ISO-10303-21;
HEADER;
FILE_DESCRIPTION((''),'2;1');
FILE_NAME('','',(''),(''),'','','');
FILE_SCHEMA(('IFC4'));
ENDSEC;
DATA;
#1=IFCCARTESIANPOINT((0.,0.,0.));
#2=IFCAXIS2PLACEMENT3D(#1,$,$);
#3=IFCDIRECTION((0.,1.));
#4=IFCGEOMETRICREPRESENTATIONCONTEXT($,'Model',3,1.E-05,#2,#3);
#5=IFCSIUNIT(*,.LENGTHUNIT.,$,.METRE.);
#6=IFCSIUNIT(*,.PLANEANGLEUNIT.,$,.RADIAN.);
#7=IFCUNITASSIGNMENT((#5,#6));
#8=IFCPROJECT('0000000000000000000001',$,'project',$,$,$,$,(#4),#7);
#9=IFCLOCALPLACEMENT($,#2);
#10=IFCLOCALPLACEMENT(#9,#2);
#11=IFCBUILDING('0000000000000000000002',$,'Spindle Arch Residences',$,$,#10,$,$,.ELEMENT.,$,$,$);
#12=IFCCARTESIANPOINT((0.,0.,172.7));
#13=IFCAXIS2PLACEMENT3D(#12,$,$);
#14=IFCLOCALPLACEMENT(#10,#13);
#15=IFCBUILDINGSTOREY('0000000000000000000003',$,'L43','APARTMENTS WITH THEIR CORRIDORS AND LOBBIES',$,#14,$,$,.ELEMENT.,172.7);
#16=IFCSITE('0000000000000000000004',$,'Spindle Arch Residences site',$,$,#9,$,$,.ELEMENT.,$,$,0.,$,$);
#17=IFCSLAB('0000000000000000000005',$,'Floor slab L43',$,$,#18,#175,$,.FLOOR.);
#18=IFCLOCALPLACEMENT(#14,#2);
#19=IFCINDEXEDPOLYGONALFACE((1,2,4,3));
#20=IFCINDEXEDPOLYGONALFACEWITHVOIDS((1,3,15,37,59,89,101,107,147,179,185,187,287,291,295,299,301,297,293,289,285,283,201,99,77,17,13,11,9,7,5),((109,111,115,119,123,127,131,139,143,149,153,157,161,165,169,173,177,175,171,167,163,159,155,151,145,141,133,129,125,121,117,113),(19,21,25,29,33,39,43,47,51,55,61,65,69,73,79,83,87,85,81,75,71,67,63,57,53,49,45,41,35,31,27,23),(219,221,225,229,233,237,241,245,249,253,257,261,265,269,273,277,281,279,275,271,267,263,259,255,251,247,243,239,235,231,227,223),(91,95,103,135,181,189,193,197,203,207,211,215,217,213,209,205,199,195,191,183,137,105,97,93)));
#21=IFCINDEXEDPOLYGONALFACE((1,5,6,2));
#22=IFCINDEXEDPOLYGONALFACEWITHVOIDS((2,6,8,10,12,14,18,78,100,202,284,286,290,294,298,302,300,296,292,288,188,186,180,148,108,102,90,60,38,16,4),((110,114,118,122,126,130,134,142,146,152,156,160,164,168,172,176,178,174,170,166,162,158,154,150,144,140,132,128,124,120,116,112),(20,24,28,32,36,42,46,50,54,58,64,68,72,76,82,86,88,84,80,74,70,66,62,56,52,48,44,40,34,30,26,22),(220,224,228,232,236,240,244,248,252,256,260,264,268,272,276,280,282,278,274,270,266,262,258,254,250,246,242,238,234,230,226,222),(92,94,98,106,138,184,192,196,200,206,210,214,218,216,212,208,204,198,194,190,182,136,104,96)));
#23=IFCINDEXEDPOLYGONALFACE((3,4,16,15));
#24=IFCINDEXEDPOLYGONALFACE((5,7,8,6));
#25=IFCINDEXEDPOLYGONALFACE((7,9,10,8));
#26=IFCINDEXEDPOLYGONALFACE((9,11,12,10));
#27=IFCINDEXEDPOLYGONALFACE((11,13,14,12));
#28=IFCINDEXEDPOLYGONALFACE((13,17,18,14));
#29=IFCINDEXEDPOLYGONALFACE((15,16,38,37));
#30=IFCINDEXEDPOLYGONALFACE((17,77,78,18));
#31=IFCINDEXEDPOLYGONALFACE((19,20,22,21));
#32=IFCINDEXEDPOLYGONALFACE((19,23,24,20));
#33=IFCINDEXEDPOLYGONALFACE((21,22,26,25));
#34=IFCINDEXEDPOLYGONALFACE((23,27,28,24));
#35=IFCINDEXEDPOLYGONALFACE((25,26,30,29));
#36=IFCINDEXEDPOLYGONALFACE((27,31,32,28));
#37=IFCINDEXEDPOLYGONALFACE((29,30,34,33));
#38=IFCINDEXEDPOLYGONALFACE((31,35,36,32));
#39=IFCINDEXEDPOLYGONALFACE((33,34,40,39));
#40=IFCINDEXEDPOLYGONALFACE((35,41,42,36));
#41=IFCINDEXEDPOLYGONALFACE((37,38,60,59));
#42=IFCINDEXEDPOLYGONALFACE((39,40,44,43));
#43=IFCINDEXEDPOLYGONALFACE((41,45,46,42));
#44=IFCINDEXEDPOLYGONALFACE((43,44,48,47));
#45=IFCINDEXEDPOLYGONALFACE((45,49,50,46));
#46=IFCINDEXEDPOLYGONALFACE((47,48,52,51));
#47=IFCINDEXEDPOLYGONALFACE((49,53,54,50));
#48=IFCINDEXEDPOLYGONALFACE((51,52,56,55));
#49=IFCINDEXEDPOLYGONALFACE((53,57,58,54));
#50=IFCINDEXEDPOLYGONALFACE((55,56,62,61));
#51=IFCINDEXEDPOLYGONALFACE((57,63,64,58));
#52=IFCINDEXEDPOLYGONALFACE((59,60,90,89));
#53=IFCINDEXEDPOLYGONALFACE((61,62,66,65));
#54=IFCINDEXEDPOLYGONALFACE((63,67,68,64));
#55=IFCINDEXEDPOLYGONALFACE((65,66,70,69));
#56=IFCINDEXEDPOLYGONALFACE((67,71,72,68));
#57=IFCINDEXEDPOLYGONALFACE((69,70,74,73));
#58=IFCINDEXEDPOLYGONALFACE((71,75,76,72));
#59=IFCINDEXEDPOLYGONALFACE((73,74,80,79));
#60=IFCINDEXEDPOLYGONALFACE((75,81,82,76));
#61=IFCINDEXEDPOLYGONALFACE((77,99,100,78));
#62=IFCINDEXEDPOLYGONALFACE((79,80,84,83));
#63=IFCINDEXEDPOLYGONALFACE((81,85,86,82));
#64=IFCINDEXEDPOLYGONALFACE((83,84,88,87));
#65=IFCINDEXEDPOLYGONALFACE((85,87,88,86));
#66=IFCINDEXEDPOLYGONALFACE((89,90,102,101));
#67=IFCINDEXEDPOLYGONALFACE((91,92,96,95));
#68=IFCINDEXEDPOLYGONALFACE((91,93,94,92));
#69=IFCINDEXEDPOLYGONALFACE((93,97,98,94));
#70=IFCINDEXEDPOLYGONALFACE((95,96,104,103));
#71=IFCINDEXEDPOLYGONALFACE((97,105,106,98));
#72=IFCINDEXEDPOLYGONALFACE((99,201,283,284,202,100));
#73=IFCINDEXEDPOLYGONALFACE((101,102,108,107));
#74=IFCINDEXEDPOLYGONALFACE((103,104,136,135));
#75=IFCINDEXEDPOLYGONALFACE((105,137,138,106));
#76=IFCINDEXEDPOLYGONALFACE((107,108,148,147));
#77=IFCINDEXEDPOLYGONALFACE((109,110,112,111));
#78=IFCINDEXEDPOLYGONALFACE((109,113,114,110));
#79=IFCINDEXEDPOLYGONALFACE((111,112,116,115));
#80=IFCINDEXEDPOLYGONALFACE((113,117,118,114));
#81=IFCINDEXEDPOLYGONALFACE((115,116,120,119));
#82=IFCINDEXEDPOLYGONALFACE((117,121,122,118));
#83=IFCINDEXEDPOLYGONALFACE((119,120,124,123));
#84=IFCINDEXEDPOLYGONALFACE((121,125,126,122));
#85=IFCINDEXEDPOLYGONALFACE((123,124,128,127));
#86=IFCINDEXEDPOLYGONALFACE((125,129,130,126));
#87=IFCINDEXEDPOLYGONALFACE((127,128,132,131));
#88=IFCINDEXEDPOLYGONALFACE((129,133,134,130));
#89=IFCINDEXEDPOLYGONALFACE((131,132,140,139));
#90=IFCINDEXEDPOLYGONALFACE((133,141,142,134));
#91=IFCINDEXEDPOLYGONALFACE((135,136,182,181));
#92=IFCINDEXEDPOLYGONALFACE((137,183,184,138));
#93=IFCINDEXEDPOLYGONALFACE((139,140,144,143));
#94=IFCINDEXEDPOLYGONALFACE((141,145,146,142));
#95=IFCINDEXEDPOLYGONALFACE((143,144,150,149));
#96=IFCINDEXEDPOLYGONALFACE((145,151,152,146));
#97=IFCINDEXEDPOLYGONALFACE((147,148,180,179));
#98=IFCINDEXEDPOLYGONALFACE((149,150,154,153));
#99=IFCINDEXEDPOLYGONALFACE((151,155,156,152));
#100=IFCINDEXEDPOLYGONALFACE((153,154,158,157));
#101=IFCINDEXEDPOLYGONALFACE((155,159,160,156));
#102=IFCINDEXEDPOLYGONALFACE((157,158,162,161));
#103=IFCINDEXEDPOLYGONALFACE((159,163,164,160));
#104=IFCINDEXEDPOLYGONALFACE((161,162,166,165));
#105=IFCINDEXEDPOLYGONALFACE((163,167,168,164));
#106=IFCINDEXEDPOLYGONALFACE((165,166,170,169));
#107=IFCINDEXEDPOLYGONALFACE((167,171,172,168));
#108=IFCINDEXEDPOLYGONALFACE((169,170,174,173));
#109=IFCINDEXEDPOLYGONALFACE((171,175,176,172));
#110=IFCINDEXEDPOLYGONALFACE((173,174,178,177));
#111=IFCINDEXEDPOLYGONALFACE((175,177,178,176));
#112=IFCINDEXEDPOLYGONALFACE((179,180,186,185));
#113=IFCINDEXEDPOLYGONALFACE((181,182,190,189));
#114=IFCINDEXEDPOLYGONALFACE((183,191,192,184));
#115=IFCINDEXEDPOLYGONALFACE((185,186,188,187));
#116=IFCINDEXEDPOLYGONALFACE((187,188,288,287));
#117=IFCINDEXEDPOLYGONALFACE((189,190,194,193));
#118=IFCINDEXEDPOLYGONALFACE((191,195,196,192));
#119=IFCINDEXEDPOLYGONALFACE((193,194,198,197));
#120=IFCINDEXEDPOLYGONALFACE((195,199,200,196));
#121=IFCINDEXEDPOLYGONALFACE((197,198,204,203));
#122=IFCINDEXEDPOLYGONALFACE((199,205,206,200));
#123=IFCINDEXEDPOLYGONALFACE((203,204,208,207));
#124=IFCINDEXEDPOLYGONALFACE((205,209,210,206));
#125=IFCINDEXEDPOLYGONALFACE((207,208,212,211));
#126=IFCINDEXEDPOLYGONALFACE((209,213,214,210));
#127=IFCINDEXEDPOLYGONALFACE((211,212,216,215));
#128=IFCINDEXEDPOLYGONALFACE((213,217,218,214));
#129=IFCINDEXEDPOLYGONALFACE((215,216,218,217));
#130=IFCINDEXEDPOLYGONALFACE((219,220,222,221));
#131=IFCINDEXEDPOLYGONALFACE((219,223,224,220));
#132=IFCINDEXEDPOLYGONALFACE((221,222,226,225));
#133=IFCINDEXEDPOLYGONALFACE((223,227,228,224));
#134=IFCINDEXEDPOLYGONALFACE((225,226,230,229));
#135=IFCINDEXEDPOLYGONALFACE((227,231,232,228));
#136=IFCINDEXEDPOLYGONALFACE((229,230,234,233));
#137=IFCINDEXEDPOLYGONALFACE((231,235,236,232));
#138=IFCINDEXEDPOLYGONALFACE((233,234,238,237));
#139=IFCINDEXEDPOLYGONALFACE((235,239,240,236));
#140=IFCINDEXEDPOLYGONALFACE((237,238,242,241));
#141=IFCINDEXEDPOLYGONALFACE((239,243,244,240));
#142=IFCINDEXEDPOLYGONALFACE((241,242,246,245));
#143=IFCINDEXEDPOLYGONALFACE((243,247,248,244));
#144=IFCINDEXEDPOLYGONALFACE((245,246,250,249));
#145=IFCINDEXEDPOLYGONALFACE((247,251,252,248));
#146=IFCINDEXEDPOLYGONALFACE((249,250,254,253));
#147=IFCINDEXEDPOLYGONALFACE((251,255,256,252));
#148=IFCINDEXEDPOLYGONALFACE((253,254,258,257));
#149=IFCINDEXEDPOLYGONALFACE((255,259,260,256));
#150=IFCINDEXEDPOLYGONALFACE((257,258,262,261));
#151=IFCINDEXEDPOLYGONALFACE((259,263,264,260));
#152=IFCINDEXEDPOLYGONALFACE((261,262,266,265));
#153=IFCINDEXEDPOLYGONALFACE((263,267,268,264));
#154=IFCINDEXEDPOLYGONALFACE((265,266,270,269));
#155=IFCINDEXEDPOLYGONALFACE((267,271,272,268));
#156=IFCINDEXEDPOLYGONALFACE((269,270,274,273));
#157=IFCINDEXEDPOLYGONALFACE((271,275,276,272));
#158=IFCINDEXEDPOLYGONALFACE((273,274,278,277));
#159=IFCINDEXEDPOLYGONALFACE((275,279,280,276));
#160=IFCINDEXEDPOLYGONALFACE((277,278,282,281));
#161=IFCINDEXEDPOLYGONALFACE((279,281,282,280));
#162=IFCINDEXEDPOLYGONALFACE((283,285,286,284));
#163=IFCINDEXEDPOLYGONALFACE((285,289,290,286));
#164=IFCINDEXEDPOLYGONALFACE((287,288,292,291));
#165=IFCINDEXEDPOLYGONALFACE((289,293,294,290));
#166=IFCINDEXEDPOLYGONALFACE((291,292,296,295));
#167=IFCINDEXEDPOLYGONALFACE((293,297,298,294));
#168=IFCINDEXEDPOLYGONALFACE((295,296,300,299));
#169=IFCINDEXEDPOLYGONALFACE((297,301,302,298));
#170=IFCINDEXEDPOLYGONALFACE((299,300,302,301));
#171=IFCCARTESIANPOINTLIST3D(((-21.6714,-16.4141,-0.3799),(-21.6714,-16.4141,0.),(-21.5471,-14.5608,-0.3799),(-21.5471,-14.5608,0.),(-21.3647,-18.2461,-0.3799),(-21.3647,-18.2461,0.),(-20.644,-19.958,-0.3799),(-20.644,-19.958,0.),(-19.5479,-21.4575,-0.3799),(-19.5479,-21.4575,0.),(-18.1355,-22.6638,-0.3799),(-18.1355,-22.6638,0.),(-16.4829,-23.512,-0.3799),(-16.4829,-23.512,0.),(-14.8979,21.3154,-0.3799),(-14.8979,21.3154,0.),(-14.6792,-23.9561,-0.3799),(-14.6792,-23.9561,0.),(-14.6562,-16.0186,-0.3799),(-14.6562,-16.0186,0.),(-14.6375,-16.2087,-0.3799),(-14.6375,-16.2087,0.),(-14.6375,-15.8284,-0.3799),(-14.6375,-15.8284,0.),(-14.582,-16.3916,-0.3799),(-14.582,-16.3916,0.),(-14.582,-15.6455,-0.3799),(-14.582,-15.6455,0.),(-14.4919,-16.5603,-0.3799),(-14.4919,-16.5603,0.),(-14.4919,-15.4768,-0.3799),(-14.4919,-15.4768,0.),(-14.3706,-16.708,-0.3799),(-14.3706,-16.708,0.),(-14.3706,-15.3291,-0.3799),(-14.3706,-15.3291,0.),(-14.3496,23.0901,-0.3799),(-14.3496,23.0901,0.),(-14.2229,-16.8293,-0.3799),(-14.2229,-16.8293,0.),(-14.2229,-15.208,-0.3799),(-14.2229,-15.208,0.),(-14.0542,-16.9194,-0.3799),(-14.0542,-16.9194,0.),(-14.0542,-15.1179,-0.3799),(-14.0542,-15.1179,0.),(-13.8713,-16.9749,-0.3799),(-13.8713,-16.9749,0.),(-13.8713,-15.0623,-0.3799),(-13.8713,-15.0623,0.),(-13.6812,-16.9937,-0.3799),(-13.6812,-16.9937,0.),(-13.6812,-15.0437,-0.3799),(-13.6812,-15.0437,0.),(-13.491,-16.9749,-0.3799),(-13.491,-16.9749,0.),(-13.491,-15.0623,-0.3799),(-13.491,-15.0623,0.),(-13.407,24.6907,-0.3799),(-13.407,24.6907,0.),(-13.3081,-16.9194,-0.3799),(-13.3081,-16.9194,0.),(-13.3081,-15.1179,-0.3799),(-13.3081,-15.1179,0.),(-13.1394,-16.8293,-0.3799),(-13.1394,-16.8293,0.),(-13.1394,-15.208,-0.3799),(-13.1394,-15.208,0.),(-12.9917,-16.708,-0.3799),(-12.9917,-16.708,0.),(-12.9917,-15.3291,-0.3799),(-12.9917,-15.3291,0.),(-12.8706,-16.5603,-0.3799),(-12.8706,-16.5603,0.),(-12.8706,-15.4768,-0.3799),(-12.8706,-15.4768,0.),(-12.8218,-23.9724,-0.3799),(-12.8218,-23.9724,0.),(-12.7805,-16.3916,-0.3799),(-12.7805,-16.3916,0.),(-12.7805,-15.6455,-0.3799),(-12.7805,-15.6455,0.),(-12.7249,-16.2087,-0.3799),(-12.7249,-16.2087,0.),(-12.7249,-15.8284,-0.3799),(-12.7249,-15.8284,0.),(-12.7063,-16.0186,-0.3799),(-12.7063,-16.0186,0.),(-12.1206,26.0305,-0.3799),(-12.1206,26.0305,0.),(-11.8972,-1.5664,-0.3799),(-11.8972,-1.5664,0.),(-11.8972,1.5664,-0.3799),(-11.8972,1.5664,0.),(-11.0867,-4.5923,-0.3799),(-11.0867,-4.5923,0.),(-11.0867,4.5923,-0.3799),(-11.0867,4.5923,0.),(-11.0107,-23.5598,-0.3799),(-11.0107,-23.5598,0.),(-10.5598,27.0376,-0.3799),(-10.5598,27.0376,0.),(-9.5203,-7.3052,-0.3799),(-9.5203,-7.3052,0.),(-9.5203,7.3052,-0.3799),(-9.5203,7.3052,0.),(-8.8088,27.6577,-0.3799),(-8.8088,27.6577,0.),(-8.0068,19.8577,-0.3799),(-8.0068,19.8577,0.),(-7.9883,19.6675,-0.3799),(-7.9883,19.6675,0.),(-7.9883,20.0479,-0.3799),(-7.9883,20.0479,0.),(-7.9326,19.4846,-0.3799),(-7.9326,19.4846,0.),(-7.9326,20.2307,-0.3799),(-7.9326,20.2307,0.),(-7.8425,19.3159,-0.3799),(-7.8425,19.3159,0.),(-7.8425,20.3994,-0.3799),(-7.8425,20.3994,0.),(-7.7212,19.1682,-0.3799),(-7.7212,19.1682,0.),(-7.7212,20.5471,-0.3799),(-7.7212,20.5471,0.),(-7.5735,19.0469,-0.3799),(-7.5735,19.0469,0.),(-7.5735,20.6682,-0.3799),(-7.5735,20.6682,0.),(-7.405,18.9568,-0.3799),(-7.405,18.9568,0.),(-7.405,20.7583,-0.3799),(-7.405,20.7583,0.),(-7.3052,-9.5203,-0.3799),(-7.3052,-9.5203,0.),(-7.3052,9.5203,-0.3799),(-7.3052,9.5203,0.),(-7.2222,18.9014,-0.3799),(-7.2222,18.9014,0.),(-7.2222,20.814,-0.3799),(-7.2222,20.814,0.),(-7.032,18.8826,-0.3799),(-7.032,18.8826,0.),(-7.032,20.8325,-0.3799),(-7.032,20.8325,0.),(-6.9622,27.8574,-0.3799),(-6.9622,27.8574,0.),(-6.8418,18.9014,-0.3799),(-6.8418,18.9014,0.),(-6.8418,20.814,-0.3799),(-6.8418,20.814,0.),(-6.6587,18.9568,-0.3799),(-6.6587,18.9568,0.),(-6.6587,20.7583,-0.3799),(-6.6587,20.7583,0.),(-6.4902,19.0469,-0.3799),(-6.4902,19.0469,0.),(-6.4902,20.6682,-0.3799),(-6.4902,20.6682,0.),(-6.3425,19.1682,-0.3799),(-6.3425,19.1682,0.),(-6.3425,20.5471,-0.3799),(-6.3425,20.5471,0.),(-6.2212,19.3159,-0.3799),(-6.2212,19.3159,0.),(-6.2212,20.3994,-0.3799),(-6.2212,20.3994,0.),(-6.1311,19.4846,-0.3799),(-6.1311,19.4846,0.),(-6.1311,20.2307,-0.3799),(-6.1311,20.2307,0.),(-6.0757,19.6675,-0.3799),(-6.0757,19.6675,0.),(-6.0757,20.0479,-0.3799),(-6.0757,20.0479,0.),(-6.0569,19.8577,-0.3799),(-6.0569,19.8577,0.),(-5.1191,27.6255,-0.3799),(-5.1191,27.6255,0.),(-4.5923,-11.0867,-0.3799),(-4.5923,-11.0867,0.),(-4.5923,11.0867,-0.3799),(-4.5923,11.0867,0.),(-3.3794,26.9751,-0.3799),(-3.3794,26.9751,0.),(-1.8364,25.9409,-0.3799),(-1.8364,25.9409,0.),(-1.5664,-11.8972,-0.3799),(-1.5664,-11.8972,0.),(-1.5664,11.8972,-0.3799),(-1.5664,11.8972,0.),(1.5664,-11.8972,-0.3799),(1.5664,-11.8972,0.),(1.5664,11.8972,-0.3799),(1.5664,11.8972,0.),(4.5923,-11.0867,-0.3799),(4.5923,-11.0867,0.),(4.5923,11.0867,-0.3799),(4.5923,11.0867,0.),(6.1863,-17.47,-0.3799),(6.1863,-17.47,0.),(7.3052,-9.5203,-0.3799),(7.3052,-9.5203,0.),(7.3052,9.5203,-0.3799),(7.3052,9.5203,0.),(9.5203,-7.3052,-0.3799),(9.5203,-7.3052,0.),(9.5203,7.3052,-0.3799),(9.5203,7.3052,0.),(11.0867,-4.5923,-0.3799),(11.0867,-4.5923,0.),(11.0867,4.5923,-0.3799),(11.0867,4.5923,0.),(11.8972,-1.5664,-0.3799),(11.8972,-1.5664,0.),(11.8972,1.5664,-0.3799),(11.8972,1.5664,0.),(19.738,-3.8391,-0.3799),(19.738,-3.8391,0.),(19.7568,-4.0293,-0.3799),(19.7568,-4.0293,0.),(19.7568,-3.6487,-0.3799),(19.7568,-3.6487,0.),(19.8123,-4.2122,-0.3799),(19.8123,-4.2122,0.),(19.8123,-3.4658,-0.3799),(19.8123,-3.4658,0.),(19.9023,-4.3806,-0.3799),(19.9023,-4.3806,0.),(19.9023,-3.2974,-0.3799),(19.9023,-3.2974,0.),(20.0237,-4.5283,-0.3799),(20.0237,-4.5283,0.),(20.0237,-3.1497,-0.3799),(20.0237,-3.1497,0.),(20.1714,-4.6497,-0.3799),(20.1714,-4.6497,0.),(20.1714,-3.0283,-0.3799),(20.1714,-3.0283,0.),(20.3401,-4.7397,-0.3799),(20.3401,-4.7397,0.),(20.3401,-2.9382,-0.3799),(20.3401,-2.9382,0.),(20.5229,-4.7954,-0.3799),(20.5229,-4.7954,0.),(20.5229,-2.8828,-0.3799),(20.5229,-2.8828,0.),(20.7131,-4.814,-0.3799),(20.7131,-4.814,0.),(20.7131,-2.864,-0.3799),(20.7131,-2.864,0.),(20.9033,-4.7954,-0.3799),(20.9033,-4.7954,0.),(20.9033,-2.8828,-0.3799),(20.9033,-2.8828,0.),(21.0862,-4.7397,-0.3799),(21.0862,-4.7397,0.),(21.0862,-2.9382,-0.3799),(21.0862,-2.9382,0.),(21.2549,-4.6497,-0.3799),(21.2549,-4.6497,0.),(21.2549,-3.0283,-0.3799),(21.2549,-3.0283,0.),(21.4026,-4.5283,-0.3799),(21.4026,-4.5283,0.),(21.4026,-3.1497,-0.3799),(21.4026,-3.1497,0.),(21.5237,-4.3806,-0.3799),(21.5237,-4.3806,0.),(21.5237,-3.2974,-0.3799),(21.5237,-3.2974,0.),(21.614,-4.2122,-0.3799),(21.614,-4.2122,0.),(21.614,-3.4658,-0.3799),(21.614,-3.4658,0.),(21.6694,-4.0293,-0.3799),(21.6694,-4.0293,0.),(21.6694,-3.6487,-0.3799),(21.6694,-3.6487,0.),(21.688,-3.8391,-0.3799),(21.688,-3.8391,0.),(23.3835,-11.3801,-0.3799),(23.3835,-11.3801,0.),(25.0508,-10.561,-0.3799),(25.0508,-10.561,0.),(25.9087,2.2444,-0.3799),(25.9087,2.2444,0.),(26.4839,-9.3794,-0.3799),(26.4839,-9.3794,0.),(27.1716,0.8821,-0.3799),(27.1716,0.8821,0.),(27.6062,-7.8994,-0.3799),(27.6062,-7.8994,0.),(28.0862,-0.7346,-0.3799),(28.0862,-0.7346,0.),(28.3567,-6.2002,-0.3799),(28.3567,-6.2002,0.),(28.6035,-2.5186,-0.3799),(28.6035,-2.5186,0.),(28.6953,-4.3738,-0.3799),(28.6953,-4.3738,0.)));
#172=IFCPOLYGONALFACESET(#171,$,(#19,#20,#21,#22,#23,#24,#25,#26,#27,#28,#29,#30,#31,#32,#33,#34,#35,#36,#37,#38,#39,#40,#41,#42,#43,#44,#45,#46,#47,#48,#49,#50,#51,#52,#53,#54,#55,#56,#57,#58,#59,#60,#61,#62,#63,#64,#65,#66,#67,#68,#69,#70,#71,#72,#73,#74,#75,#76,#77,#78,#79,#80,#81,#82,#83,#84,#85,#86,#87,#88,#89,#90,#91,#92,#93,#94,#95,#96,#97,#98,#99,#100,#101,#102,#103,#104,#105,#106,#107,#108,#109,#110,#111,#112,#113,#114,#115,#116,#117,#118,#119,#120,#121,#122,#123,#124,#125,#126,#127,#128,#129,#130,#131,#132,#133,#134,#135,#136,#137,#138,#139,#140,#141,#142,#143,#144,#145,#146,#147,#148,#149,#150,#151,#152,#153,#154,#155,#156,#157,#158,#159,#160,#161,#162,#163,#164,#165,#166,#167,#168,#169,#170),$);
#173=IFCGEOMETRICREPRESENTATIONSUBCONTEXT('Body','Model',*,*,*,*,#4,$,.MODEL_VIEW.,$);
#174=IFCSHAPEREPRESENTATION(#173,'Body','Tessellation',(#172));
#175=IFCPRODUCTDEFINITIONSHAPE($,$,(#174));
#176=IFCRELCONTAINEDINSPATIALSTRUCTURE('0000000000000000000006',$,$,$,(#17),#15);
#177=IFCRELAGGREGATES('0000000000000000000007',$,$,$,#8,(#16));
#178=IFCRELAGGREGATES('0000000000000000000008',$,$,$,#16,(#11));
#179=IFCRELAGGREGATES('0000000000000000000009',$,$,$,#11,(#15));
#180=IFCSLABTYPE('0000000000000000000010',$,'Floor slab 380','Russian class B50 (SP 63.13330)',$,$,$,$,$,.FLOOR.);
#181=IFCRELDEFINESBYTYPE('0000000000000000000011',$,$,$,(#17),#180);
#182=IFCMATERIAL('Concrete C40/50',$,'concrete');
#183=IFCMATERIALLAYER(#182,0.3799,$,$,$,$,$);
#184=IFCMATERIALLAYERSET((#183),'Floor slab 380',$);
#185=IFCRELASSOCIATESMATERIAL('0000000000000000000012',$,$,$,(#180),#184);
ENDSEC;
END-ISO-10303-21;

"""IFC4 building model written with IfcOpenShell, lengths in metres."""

from ifc_helpers import new_model, si_unit, direction, frame, origin, place, context, subcontext, project, spatial, polyline, outline, extrude, material, layer, layer_set, type_object, element, save


model = new_model("IFC4")

# Units and contexts
model_context = context("Model", 3, precision=1e-05, world=origin(), true_north=direction((0.0, 1.0)))
body_context = subcontext(model_context, "Body", "Model", "MODEL_VIEW")
ifc_project = project(units=[si_unit("LENGTHUNIT", "METRE"), si_unit("PLANEANGLEUNIT", "RADIAN")], contexts=[model_context])

# Site, building, storey
site_placement = place(None, origin())
site = spatial("IfcSite", under=ifc_project, at=site_placement, Name="Spindle Arch Residences site", CompositionType="ELEMENT", RefElevation=0.0)
building_placement = place(site_placement, origin())
building = spatial("IfcBuilding", under=site, at=building_placement, Name="Spindle Arch Residences", CompositionType="ELEMENT")
storey_placement = place(building_placement, frame((0.0, 0.0, 172.7)))
storey = spatial("IfcBuildingStorey", under=building, at=storey_placement, Name="L43", Description="APARTMENTS WITH THEIR CORRIDORS AND LOBBIES", CompositionType="ELEMENT", Elevation=172.7)

# Slab
ifc_material_1 = material(Name="Concrete C40/50", Category="concrete")
ifc_layer_1 = layer(ifc_material_1, 0.3799)
ifc_layer_set_1 = layer_set([ifc_layer_1], Name="Floor slab 380")
slab_type_1 = type_object("IfcSlabType", Name="Floor slab 380", Description="Russian class B50 (SP 63.13330)", PredefinedType="FLOOR", material=ifc_layer_set_1)
slab_1_placement = place(storey_placement, frame((0.0, 0.0, -0.3799)))
element("IfcSlab", 1, at=slab_1_placement, inside=storey, type_object=slab_type_1, Name="Floor slab L43", PredefinedType="FLOOR", context=body_context, shape_type="SweptSolid", body=[
    extrude(outline(polyline([(-12.8218, -23.9724), (-14.6792, -23.9561), (-16.4829, -23.512), (-18.1355, -22.6638), (-19.5479, -21.4575), (-20.644, -19.958), (-21.3647, -18.2461), (-21.6714, -16.4141), (-21.5471, -14.5608), (-14.8979, 21.3154), (-14.3496, 23.0901), (-13.407, 24.6907), (-12.1206, 26.0305), (-10.5598, 27.0376), (-8.8088, 27.6577), (-6.9622, 27.8574), (-5.1191, 27.6255), (-3.3794, 26.9751), (-1.8364, 25.9409), (25.9087, 2.2444), (27.1716, 0.8821), (28.0862, -0.7346), (28.6035, -2.5186), (28.6953, -4.3738), (28.3567, -6.2002), (27.6062, -7.8994), (26.4839, -9.3794), (25.0508, -10.561), (23.3835, -11.3801), (6.1863, -17.47), (-11.0107, -23.5598), (-12.8218, -23.9724)]), holes=[polyline([(7.3052, -9.5203), (9.5203, -7.3052), (11.0867, -4.5923), (11.8972, -1.5664), (11.8972, 1.5664), (11.0867, 4.5923), (9.5203, 7.3052), (7.3052, 9.5203), (4.5923, 11.0867), (1.5664, 11.8972), (-1.5664, 11.8972), (-4.5923, 11.0867), (-7.3052, 9.5203), (-9.5203, 7.3052), (-11.0867, 4.5923), (-11.8972, 1.5664), (-11.8972, -1.5664), (-11.0867, -4.5923), (-9.5203, -7.3052), (-7.3052, -9.5203), (-4.5923, -11.0867), (-1.5664, -11.8972), (1.5664, -11.8972), (4.5923, -11.0867), (7.3052, -9.5203)]), polyline([(-12.9917, -16.708), (-12.8706, -16.5603), (-12.7805, -16.3916), (-12.7249, -16.2087), (-12.7063, -16.0186), (-12.7249, -15.8284), (-12.7805, -15.6455), (-12.8706, -15.4768), (-12.9917, -15.3291), (-13.1394, -15.208), (-13.3081, -15.1179), (-13.491, -15.0623), (-13.6812, -15.0437), (-13.8713, -15.0623), (-14.0542, -15.1179), (-14.2229, -15.208), (-14.3706, -15.3291), (-14.4919, -15.4768), (-14.582, -15.6455), (-14.6375, -15.8284), (-14.6562, -16.0186), (-14.6375, -16.2087), (-14.582, -16.3916), (-14.4919, -16.5603), (-14.3706, -16.708), (-14.2229, -16.8293), (-14.0542, -16.9194), (-13.8713, -16.9749), (-13.6812, -16.9937), (-13.491, -16.9749), (-13.3081, -16.9194), (-13.1394, -16.8293), (-12.9917, -16.708)]), polyline([(-6.2212, 19.3159), (-6.1311, 19.4846), (-6.0757, 19.6675), (-6.0569, 19.8577), (-6.0757, 20.0479), (-6.1311, 20.2307), (-6.2212, 20.3994), (-6.3425, 20.5471), (-6.4902, 20.6682), (-6.6587, 20.7583), (-6.8418, 20.814), (-7.032, 20.8325), (-7.2222, 20.814), (-7.405, 20.7583), (-7.5735, 20.6682), (-7.7212, 20.5471), (-7.8425, 20.3994), (-7.9326, 20.2307), (-7.9883, 20.0479), (-8.0068, 19.8577), (-7.9883, 19.6675), (-7.9326, 19.4846), (-7.8425, 19.3159), (-7.7212, 19.1682), (-7.5735, 19.0469), (-7.405, 18.9568), (-7.2222, 18.9014), (-7.032, 18.8826), (-6.8418, 18.9014), (-6.6587, 18.9568), (-6.4902, 19.0469), (-6.3425, 19.1682), (-6.2212, 19.3159)]), polyline([(21.5237, -4.3806), (21.614, -4.2122), (21.6694, -4.0293), (21.688, -3.8391), (21.6694, -3.6487), (21.614, -3.4658), (21.5237, -3.2974), (21.4026, -3.1497), (21.2549, -3.0283), (21.0862, -2.9382), (20.9033, -2.8828), (20.7131, -2.864), (20.5229, -2.8828), (20.3401, -2.9382), (20.1714, -3.0283), (20.0237, -3.1497), (19.9023, -3.2974), (19.8123, -3.4658), (19.7568, -3.6487), (19.738, -3.8391), (19.7568, -4.0293), (19.8123, -4.2122), (19.9023, -4.3806), (20.0237, -4.5283), (20.1714, -4.6497), (20.3401, -4.7397), (20.5229, -4.7954), (20.7131, -4.814), (20.9033, -4.7954), (21.0862, -4.7397), (21.2549, -4.6497), (21.4026, -4.5283), (21.5237, -4.3806)])]), origin(), (0.0, 0.0, 1.0), 0.3799),
])

save(model, "model.ifc")
